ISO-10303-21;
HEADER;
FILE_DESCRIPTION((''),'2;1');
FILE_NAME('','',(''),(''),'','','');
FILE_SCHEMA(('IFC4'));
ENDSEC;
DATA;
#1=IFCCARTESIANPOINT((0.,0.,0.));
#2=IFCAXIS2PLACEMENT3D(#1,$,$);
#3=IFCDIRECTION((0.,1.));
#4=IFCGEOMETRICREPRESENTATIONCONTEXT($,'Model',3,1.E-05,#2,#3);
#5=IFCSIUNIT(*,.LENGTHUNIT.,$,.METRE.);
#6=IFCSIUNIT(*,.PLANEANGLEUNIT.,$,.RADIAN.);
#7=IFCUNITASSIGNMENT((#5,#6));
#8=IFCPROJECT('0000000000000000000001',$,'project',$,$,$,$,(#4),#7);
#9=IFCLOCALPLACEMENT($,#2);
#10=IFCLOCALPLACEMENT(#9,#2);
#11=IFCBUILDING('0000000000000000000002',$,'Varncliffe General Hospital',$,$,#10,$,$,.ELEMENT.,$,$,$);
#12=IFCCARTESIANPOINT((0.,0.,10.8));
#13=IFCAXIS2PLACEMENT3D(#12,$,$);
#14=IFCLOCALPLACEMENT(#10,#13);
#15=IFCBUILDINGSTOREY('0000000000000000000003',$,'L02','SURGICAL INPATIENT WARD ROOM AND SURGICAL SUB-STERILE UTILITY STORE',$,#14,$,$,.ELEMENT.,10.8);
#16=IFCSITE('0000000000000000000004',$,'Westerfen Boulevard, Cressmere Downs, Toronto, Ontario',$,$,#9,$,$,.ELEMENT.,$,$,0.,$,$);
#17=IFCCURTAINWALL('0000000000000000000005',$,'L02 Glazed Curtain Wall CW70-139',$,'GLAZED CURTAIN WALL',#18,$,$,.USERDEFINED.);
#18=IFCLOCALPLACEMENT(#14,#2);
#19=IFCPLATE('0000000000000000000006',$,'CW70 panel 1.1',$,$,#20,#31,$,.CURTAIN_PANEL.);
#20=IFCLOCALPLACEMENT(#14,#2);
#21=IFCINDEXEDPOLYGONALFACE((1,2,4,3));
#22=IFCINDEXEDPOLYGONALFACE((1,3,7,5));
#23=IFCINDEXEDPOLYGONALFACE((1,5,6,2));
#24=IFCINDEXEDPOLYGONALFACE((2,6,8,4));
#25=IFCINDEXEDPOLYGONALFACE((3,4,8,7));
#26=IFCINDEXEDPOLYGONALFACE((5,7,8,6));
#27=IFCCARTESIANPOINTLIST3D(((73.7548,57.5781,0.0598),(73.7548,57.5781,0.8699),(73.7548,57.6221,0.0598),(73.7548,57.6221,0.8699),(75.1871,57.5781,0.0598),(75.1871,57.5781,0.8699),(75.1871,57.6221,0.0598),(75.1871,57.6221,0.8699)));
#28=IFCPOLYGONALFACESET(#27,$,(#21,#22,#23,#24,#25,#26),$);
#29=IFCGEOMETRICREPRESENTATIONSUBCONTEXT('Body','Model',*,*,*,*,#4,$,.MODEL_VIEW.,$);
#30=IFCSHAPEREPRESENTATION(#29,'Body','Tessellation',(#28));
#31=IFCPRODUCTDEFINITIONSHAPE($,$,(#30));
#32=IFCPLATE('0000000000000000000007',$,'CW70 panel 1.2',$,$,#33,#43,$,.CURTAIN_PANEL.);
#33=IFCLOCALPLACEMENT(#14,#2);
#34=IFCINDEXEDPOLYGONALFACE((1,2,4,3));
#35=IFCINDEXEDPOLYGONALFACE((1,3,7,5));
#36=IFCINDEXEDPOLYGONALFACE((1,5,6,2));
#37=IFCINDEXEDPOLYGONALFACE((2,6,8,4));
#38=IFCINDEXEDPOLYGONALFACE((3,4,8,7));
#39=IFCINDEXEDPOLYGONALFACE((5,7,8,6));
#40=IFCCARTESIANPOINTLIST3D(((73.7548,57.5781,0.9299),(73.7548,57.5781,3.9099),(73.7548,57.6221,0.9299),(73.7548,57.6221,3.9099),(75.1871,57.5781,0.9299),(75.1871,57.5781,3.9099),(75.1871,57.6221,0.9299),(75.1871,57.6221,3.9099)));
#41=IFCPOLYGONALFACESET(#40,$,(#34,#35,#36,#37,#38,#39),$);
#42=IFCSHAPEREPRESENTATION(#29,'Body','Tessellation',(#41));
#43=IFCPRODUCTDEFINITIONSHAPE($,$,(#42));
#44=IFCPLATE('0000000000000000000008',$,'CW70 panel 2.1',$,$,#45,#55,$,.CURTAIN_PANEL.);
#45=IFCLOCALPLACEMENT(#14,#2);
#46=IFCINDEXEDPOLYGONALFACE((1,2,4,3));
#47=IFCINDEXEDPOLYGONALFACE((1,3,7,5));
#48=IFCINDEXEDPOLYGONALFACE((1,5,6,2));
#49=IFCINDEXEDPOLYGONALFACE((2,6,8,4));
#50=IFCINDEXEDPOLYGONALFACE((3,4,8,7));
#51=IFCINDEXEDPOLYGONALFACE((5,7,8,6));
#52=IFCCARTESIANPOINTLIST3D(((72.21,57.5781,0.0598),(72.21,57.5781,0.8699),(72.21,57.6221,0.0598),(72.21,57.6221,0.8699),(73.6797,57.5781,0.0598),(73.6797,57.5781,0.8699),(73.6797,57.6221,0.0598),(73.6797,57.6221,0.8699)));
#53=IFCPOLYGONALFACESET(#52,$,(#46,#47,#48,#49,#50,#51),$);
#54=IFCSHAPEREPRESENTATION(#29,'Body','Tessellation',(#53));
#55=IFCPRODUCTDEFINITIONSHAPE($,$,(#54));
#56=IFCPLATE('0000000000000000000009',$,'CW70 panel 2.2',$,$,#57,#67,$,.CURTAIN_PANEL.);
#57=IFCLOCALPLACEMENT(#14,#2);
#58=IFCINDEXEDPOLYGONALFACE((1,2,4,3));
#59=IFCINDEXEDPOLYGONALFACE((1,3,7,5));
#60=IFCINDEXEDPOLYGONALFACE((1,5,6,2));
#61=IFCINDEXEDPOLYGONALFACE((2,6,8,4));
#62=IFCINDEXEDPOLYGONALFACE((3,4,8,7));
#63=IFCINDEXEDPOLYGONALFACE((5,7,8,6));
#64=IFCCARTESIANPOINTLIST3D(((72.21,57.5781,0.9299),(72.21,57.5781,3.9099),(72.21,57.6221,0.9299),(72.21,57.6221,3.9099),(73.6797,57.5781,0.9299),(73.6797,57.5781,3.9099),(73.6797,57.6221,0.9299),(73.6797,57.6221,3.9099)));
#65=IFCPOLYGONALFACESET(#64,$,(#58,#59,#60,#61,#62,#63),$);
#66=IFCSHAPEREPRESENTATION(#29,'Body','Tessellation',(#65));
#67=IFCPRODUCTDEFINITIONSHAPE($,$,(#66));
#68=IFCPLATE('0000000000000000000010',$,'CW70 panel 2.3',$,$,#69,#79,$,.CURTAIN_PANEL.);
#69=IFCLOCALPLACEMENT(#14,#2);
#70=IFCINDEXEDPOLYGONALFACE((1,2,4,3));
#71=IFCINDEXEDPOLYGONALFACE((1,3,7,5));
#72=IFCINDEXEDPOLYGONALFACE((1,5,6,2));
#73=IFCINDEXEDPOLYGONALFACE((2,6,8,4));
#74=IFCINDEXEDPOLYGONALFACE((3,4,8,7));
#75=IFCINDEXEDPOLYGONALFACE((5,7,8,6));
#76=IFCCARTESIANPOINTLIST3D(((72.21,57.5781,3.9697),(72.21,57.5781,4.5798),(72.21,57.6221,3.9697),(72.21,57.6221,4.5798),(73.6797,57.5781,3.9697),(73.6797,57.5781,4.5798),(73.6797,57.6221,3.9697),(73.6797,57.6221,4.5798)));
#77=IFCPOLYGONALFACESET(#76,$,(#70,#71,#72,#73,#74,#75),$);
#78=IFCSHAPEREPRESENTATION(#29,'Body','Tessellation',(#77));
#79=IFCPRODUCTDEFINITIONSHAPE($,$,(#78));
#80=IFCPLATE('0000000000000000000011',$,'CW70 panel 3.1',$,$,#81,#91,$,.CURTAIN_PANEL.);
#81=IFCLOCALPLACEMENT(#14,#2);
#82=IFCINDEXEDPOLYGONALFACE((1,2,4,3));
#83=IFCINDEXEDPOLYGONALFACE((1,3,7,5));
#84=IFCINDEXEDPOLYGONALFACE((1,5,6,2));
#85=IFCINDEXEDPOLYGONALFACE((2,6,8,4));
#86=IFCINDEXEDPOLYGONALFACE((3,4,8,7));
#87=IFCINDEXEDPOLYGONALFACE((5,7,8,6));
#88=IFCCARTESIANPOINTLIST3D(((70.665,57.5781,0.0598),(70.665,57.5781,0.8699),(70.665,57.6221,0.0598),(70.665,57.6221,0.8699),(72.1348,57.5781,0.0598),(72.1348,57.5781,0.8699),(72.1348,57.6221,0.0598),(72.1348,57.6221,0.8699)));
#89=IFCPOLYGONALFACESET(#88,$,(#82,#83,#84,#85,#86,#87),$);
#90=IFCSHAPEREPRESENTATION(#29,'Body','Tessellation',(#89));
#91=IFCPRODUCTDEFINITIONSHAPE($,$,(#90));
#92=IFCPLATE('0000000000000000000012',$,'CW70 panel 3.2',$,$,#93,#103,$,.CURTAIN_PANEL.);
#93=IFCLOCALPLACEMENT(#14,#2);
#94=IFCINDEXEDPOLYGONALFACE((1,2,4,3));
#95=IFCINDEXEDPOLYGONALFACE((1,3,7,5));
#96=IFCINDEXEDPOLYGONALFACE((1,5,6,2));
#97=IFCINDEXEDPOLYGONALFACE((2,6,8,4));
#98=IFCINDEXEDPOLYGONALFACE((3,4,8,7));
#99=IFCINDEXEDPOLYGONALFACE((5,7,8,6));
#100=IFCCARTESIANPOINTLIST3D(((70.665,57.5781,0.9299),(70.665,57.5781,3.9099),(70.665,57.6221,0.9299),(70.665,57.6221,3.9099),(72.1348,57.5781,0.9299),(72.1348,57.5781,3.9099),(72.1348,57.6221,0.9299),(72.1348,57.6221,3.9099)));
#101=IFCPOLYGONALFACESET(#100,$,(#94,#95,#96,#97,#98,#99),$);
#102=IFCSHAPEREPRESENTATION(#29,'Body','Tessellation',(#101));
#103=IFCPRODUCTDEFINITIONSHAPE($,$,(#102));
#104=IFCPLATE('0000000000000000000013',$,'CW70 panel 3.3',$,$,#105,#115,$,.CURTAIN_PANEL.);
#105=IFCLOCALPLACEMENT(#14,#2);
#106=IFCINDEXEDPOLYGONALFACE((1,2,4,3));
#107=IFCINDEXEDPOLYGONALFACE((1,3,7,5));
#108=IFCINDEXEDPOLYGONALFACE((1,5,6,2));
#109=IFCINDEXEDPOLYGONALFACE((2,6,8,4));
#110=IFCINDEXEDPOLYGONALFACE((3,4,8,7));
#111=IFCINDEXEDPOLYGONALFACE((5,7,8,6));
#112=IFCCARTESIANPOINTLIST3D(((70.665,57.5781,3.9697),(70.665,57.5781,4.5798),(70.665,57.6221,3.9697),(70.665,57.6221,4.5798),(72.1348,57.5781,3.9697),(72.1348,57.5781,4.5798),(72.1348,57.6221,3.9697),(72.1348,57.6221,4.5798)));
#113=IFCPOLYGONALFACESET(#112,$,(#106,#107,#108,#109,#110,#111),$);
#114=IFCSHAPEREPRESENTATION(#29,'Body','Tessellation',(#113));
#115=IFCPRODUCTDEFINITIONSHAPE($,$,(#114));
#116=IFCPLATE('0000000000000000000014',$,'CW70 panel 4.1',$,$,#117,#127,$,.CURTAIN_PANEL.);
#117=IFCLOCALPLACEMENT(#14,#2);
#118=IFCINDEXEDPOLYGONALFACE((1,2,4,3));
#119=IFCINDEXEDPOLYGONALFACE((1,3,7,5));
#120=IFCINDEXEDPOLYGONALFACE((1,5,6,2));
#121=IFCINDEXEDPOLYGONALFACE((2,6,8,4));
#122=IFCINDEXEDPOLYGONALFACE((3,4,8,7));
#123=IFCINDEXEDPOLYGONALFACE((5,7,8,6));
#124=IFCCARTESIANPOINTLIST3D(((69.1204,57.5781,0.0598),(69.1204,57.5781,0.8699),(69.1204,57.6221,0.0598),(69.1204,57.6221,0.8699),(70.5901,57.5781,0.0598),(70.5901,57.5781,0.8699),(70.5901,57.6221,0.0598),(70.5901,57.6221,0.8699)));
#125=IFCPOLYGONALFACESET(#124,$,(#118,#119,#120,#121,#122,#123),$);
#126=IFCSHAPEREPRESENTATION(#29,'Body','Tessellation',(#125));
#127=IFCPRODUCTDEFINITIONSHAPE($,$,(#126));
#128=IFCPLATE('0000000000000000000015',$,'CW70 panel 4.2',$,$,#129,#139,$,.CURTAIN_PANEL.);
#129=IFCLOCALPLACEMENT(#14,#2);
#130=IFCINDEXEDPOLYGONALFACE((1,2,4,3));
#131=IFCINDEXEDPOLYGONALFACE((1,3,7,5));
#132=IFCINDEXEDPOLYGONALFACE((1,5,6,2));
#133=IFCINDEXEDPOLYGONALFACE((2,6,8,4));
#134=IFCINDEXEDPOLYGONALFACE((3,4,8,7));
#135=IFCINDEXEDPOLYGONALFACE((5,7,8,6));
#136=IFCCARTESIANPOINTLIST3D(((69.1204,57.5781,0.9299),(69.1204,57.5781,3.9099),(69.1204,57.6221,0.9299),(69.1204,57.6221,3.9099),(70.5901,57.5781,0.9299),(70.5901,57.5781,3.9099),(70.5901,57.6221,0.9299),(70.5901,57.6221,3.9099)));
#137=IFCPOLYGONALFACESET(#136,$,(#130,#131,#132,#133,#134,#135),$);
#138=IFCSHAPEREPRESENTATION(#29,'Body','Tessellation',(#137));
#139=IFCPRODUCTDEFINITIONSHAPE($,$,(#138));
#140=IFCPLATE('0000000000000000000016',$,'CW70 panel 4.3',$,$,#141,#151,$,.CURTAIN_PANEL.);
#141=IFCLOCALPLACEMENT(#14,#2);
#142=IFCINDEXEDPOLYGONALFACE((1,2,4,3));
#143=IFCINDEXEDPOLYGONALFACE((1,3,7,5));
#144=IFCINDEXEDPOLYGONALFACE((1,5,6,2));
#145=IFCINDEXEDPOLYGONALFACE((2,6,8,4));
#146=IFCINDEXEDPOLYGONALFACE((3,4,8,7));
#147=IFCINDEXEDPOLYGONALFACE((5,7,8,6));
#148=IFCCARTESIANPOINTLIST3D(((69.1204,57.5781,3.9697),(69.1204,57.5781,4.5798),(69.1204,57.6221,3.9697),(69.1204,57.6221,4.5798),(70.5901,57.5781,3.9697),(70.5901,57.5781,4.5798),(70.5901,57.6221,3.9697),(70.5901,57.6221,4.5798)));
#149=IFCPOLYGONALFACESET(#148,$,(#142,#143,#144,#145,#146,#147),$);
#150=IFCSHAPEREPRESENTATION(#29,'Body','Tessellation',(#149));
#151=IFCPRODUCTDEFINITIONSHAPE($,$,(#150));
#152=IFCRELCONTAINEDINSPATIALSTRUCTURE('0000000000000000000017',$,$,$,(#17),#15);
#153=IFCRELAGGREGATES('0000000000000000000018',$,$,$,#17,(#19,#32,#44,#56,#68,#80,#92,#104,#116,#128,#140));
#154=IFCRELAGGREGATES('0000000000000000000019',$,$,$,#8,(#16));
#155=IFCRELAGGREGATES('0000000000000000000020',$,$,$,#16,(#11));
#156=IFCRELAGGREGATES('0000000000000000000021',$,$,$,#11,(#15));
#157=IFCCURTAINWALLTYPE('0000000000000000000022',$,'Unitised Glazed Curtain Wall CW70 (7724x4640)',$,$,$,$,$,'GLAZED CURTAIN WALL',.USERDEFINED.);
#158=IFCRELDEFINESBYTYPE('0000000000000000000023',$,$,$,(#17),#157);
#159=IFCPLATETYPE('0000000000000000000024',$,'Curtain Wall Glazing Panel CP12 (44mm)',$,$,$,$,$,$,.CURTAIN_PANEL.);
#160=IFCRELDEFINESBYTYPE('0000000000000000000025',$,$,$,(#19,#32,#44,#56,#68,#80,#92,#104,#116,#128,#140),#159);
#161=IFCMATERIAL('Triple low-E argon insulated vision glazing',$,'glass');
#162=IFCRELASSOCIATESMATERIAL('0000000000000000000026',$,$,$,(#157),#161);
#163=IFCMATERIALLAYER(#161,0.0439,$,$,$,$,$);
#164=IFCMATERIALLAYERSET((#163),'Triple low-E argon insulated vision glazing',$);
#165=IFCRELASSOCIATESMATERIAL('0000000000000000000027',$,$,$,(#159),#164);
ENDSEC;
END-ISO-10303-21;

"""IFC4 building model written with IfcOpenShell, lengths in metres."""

from ifc_helpers import new_model, si_unit, direction, frame, origin, origin_2d, place, context, subcontext, project, spatial, rectangle, extrude, material, layer, layer_set, type_object, element, aggregate, save


model = new_model("IFC4")

# Units and contexts
model_context = context("Model", 3, precision=1e-05, world=origin(), true_north=direction((0.0, 1.0)))
body_context = subcontext(model_context, "Body", "Model", "MODEL_VIEW")
ifc_project = project(units=[si_unit("LENGTHUNIT", "METRE"), si_unit("PLANEANGLEUNIT", "RADIAN")], contexts=[model_context])

# Site, building, storey
site_placement = place(None, origin())
site = spatial("IfcSite", under=ifc_project, at=site_placement, Name="Westerfen Boulevard, Cressmere Downs, Toronto, Ontario", CompositionType="ELEMENT", RefElevation=0.0)
building_placement = place(site_placement, origin())
building = spatial("IfcBuilding", under=site, at=building_placement, Name="Varncliffe General Hospital", CompositionType="ELEMENT")
storey_placement = place(building_placement, frame((0.0, 0.0, 10.8)))
storey = spatial("IfcBuildingStorey", under=building, at=storey_placement, Name="L02", Description="SURGICAL INPATIENT WARD ROOM AND SURGICAL SUB-STERILE UTILITY STORE", CompositionType="ELEMENT", Elevation=10.8)

# Curtain wall, plates
ifc_material_1 = material(Name="Triple low-E argon insulated vision glazing", Category="glass")
curtain_wall_type = type_object("IfcCurtainWallType", Name="Unitised Glazed Curtain Wall CW70 (7724x4640)", ElementType="GLAZED CURTAIN WALL", PredefinedType="USERDEFINED", material=ifc_material_1)
curtain_wall_placement = place(storey_placement, origin())
curtain_wall = element("IfcCurtainWall", 1, at=curtain_wall_placement, inside=storey, type_object=curtain_wall_type, Name="L02 Glazed Curtain Wall CW70-139", ObjectType="GLAZED CURTAIN WALL", PredefinedType="USERDEFINED")
ifc_layer = layer(ifc_material_1, 0.0439)
ifc_layer_set = layer_set([ifc_layer], Name="Triple low-E argon insulated vision glazing")
plate_type = type_object("IfcPlateType", Name="Curtain Wall Glazing Panel CP12 (44mm)", PredefinedType="CURTAIN_PANEL", material=ifc_layer_set)
plate_1_placement = place(storey_placement, frame((74.4709, 57.6001, 0.0598), z_axis=(0.0, 0.0, 1.0), x_axis=(-1.0, 0.0, 0.0)))
plate_1 = element("IfcPlate", 2, at=plate_1_placement, type_object=plate_type, Name="CW70 panel 1.1", PredefinedType="CURTAIN_PANEL", context=body_context, shape_type="SweptSolid", body=[
    extrude(rectangle(XDim=1.4324, YDim=0.0439, at=origin_2d()), origin(), (0.0, 0.0, 1.0), 0.8101),
])
plate_2_placement = place(storey_placement, frame((74.4709, 57.6001, 0.9299), z_axis=(0.0, 0.0, 1.0), x_axis=(-1.0, 0.0, 0.0)))
plate_2 = element("IfcPlate", 3, at=plate_2_placement, type_object=plate_type, Name="CW70 panel 1.2", PredefinedType="CURTAIN_PANEL", context=body_context, shape_type="SweptSolid", body=[
    extrude(rectangle(XDim=1.4324, YDim=0.0439, at=origin_2d()), origin(), (0.0, 0.0, 1.0), 2.98),
])
plate_3_placement = place(storey_placement, frame((72.9448, 57.6001, 0.0598), z_axis=(0.0, 0.0, 1.0), x_axis=(-1.0, 0.0, 0.0)))
plate_3 = element("IfcPlate", 4, at=plate_3_placement, type_object=plate_type, Name="CW70 panel 2.1", PredefinedType="CURTAIN_PANEL", context=body_context, shape_type="SweptSolid", body=[
    extrude(rectangle(XDim=1.4697, YDim=0.0439, at=origin_2d()), origin(), (0.0, 0.0, 1.0), 0.8101),
])
plate_4_placement = place(storey_placement, frame((72.9448, 57.6001, 0.9299), z_axis=(0.0, 0.0, 1.0), x_axis=(-1.0, 0.0, 0.0)))
plate_4 = element("IfcPlate", 5, at=plate_4_placement, type_object=plate_type, Name="CW70 panel 2.2", PredefinedType="CURTAIN_PANEL", context=body_context, shape_type="SweptSolid", body=[
    extrude(rectangle(XDim=1.4697, YDim=0.0439, at=origin_2d()), origin(), (0.0, 0.0, 1.0), 2.98),
])
plate_5_placement = place(storey_placement, frame((72.9448, 57.6001, 3.9697), z_axis=(0.0, 0.0, 1.0), x_axis=(-1.0, 0.0, 0.0)))
plate_5 = element("IfcPlate", 6, at=plate_5_placement, type_object=plate_type, Name="CW70 panel 2.3", PredefinedType="CURTAIN_PANEL", context=body_context, shape_type="SweptSolid", body=[
    extrude(rectangle(XDim=1.4697, YDim=0.0439, at=origin_2d()), origin(), (0.0, 0.0, 1.0), 0.6101),
])
plate_6_placement = place(storey_placement, frame((71.3999, 57.6001, 0.0598), z_axis=(0.0, 0.0, 1.0), x_axis=(-1.0, 0.0, 0.0)))
plate_6 = element("IfcPlate", 7, at=plate_6_placement, type_object=plate_type, Name="CW70 panel 3.1", PredefinedType="CURTAIN_PANEL", context=body_context, shape_type="SweptSolid", body=[
    extrude(rectangle(XDim=1.4697, YDim=0.0439, at=origin_2d()), origin(), (0.0, 0.0, 1.0), 0.8101),
])
plate_7_placement = place(storey_placement, frame((71.3999, 57.6001, 0.9299), z_axis=(0.0, 0.0, 1.0), x_axis=(-1.0, 0.0, 0.0)))
plate_7 = element("IfcPlate", 8, at=plate_7_placement, type_object=plate_type, Name="CW70 panel 3.2", PredefinedType="CURTAIN_PANEL", context=body_context, shape_type="SweptSolid", body=[
    extrude(rectangle(XDim=1.4697, YDim=0.0439, at=origin_2d()), origin(), (0.0, 0.0, 1.0), 2.98),
])
plate_8_placement = place(storey_placement, frame((71.3999, 57.6001, 3.9697), z_axis=(0.0, 0.0, 1.0), x_axis=(-1.0, 0.0, 0.0)))
plate_8 = element("IfcPlate", 9, at=plate_8_placement, type_object=plate_type, Name="CW70 panel 3.3", PredefinedType="CURTAIN_PANEL", context=body_context, shape_type="SweptSolid", body=[
    extrude(rectangle(XDim=1.4697, YDim=0.0439, at=origin_2d()), origin(), (0.0, 0.0, 1.0), 0.6101),
])
plate_9_placement = place(storey_placement, frame((69.8552, 57.6001, 0.0598), z_axis=(0.0, 0.0, 1.0), x_axis=(-1.0, 0.0, 0.0)))
plate_9 = element("IfcPlate", 10, at=plate_9_placement, type_object=plate_type, Name="CW70 panel 4.1", PredefinedType="CURTAIN_PANEL", context=body_context, shape_type="SweptSolid", body=[
    extrude(rectangle(XDim=1.4697, YDim=0.0439, at=origin_2d()), origin(), (0.0, 0.0, 1.0), 0.8101),
])
plate_10_placement = place(storey_placement, frame((69.8552, 57.6001, 0.9299), z_axis=(0.0, 0.0, 1.0), x_axis=(-1.0, 0.0, 0.0)))
plate_10 = element("IfcPlate", 11, at=plate_10_placement, type_object=plate_type, Name="CW70 panel 4.2", PredefinedType="CURTAIN_PANEL", context=body_context, shape_type="SweptSolid", body=[
    extrude(rectangle(XDim=1.4697, YDim=0.0439, at=origin_2d()), origin(), (0.0, 0.0, 1.0), 2.98),
])
plate_11_placement = place(storey_placement, frame((69.8552, 57.6001, 3.9697), z_axis=(0.0, 0.0, 1.0), x_axis=(-1.0, 0.0, 0.0)))
plate_11 = element("IfcPlate", 12, at=plate_11_placement, type_object=plate_type, Name="CW70 panel 4.3", PredefinedType="CURTAIN_PANEL", context=body_context, shape_type="SweptSolid", body=[
    extrude(rectangle(XDim=1.4697, YDim=0.0439, at=origin_2d()), origin(), (0.0, 0.0, 1.0), 0.6101),
])
aggregate(curtain_wall, [plate_1, plate_2, plate_3, plate_4, plate_5, plate_6, plate_7, plate_8, plate_9, plate_10, plate_11])

save(model, "model.ifc")
